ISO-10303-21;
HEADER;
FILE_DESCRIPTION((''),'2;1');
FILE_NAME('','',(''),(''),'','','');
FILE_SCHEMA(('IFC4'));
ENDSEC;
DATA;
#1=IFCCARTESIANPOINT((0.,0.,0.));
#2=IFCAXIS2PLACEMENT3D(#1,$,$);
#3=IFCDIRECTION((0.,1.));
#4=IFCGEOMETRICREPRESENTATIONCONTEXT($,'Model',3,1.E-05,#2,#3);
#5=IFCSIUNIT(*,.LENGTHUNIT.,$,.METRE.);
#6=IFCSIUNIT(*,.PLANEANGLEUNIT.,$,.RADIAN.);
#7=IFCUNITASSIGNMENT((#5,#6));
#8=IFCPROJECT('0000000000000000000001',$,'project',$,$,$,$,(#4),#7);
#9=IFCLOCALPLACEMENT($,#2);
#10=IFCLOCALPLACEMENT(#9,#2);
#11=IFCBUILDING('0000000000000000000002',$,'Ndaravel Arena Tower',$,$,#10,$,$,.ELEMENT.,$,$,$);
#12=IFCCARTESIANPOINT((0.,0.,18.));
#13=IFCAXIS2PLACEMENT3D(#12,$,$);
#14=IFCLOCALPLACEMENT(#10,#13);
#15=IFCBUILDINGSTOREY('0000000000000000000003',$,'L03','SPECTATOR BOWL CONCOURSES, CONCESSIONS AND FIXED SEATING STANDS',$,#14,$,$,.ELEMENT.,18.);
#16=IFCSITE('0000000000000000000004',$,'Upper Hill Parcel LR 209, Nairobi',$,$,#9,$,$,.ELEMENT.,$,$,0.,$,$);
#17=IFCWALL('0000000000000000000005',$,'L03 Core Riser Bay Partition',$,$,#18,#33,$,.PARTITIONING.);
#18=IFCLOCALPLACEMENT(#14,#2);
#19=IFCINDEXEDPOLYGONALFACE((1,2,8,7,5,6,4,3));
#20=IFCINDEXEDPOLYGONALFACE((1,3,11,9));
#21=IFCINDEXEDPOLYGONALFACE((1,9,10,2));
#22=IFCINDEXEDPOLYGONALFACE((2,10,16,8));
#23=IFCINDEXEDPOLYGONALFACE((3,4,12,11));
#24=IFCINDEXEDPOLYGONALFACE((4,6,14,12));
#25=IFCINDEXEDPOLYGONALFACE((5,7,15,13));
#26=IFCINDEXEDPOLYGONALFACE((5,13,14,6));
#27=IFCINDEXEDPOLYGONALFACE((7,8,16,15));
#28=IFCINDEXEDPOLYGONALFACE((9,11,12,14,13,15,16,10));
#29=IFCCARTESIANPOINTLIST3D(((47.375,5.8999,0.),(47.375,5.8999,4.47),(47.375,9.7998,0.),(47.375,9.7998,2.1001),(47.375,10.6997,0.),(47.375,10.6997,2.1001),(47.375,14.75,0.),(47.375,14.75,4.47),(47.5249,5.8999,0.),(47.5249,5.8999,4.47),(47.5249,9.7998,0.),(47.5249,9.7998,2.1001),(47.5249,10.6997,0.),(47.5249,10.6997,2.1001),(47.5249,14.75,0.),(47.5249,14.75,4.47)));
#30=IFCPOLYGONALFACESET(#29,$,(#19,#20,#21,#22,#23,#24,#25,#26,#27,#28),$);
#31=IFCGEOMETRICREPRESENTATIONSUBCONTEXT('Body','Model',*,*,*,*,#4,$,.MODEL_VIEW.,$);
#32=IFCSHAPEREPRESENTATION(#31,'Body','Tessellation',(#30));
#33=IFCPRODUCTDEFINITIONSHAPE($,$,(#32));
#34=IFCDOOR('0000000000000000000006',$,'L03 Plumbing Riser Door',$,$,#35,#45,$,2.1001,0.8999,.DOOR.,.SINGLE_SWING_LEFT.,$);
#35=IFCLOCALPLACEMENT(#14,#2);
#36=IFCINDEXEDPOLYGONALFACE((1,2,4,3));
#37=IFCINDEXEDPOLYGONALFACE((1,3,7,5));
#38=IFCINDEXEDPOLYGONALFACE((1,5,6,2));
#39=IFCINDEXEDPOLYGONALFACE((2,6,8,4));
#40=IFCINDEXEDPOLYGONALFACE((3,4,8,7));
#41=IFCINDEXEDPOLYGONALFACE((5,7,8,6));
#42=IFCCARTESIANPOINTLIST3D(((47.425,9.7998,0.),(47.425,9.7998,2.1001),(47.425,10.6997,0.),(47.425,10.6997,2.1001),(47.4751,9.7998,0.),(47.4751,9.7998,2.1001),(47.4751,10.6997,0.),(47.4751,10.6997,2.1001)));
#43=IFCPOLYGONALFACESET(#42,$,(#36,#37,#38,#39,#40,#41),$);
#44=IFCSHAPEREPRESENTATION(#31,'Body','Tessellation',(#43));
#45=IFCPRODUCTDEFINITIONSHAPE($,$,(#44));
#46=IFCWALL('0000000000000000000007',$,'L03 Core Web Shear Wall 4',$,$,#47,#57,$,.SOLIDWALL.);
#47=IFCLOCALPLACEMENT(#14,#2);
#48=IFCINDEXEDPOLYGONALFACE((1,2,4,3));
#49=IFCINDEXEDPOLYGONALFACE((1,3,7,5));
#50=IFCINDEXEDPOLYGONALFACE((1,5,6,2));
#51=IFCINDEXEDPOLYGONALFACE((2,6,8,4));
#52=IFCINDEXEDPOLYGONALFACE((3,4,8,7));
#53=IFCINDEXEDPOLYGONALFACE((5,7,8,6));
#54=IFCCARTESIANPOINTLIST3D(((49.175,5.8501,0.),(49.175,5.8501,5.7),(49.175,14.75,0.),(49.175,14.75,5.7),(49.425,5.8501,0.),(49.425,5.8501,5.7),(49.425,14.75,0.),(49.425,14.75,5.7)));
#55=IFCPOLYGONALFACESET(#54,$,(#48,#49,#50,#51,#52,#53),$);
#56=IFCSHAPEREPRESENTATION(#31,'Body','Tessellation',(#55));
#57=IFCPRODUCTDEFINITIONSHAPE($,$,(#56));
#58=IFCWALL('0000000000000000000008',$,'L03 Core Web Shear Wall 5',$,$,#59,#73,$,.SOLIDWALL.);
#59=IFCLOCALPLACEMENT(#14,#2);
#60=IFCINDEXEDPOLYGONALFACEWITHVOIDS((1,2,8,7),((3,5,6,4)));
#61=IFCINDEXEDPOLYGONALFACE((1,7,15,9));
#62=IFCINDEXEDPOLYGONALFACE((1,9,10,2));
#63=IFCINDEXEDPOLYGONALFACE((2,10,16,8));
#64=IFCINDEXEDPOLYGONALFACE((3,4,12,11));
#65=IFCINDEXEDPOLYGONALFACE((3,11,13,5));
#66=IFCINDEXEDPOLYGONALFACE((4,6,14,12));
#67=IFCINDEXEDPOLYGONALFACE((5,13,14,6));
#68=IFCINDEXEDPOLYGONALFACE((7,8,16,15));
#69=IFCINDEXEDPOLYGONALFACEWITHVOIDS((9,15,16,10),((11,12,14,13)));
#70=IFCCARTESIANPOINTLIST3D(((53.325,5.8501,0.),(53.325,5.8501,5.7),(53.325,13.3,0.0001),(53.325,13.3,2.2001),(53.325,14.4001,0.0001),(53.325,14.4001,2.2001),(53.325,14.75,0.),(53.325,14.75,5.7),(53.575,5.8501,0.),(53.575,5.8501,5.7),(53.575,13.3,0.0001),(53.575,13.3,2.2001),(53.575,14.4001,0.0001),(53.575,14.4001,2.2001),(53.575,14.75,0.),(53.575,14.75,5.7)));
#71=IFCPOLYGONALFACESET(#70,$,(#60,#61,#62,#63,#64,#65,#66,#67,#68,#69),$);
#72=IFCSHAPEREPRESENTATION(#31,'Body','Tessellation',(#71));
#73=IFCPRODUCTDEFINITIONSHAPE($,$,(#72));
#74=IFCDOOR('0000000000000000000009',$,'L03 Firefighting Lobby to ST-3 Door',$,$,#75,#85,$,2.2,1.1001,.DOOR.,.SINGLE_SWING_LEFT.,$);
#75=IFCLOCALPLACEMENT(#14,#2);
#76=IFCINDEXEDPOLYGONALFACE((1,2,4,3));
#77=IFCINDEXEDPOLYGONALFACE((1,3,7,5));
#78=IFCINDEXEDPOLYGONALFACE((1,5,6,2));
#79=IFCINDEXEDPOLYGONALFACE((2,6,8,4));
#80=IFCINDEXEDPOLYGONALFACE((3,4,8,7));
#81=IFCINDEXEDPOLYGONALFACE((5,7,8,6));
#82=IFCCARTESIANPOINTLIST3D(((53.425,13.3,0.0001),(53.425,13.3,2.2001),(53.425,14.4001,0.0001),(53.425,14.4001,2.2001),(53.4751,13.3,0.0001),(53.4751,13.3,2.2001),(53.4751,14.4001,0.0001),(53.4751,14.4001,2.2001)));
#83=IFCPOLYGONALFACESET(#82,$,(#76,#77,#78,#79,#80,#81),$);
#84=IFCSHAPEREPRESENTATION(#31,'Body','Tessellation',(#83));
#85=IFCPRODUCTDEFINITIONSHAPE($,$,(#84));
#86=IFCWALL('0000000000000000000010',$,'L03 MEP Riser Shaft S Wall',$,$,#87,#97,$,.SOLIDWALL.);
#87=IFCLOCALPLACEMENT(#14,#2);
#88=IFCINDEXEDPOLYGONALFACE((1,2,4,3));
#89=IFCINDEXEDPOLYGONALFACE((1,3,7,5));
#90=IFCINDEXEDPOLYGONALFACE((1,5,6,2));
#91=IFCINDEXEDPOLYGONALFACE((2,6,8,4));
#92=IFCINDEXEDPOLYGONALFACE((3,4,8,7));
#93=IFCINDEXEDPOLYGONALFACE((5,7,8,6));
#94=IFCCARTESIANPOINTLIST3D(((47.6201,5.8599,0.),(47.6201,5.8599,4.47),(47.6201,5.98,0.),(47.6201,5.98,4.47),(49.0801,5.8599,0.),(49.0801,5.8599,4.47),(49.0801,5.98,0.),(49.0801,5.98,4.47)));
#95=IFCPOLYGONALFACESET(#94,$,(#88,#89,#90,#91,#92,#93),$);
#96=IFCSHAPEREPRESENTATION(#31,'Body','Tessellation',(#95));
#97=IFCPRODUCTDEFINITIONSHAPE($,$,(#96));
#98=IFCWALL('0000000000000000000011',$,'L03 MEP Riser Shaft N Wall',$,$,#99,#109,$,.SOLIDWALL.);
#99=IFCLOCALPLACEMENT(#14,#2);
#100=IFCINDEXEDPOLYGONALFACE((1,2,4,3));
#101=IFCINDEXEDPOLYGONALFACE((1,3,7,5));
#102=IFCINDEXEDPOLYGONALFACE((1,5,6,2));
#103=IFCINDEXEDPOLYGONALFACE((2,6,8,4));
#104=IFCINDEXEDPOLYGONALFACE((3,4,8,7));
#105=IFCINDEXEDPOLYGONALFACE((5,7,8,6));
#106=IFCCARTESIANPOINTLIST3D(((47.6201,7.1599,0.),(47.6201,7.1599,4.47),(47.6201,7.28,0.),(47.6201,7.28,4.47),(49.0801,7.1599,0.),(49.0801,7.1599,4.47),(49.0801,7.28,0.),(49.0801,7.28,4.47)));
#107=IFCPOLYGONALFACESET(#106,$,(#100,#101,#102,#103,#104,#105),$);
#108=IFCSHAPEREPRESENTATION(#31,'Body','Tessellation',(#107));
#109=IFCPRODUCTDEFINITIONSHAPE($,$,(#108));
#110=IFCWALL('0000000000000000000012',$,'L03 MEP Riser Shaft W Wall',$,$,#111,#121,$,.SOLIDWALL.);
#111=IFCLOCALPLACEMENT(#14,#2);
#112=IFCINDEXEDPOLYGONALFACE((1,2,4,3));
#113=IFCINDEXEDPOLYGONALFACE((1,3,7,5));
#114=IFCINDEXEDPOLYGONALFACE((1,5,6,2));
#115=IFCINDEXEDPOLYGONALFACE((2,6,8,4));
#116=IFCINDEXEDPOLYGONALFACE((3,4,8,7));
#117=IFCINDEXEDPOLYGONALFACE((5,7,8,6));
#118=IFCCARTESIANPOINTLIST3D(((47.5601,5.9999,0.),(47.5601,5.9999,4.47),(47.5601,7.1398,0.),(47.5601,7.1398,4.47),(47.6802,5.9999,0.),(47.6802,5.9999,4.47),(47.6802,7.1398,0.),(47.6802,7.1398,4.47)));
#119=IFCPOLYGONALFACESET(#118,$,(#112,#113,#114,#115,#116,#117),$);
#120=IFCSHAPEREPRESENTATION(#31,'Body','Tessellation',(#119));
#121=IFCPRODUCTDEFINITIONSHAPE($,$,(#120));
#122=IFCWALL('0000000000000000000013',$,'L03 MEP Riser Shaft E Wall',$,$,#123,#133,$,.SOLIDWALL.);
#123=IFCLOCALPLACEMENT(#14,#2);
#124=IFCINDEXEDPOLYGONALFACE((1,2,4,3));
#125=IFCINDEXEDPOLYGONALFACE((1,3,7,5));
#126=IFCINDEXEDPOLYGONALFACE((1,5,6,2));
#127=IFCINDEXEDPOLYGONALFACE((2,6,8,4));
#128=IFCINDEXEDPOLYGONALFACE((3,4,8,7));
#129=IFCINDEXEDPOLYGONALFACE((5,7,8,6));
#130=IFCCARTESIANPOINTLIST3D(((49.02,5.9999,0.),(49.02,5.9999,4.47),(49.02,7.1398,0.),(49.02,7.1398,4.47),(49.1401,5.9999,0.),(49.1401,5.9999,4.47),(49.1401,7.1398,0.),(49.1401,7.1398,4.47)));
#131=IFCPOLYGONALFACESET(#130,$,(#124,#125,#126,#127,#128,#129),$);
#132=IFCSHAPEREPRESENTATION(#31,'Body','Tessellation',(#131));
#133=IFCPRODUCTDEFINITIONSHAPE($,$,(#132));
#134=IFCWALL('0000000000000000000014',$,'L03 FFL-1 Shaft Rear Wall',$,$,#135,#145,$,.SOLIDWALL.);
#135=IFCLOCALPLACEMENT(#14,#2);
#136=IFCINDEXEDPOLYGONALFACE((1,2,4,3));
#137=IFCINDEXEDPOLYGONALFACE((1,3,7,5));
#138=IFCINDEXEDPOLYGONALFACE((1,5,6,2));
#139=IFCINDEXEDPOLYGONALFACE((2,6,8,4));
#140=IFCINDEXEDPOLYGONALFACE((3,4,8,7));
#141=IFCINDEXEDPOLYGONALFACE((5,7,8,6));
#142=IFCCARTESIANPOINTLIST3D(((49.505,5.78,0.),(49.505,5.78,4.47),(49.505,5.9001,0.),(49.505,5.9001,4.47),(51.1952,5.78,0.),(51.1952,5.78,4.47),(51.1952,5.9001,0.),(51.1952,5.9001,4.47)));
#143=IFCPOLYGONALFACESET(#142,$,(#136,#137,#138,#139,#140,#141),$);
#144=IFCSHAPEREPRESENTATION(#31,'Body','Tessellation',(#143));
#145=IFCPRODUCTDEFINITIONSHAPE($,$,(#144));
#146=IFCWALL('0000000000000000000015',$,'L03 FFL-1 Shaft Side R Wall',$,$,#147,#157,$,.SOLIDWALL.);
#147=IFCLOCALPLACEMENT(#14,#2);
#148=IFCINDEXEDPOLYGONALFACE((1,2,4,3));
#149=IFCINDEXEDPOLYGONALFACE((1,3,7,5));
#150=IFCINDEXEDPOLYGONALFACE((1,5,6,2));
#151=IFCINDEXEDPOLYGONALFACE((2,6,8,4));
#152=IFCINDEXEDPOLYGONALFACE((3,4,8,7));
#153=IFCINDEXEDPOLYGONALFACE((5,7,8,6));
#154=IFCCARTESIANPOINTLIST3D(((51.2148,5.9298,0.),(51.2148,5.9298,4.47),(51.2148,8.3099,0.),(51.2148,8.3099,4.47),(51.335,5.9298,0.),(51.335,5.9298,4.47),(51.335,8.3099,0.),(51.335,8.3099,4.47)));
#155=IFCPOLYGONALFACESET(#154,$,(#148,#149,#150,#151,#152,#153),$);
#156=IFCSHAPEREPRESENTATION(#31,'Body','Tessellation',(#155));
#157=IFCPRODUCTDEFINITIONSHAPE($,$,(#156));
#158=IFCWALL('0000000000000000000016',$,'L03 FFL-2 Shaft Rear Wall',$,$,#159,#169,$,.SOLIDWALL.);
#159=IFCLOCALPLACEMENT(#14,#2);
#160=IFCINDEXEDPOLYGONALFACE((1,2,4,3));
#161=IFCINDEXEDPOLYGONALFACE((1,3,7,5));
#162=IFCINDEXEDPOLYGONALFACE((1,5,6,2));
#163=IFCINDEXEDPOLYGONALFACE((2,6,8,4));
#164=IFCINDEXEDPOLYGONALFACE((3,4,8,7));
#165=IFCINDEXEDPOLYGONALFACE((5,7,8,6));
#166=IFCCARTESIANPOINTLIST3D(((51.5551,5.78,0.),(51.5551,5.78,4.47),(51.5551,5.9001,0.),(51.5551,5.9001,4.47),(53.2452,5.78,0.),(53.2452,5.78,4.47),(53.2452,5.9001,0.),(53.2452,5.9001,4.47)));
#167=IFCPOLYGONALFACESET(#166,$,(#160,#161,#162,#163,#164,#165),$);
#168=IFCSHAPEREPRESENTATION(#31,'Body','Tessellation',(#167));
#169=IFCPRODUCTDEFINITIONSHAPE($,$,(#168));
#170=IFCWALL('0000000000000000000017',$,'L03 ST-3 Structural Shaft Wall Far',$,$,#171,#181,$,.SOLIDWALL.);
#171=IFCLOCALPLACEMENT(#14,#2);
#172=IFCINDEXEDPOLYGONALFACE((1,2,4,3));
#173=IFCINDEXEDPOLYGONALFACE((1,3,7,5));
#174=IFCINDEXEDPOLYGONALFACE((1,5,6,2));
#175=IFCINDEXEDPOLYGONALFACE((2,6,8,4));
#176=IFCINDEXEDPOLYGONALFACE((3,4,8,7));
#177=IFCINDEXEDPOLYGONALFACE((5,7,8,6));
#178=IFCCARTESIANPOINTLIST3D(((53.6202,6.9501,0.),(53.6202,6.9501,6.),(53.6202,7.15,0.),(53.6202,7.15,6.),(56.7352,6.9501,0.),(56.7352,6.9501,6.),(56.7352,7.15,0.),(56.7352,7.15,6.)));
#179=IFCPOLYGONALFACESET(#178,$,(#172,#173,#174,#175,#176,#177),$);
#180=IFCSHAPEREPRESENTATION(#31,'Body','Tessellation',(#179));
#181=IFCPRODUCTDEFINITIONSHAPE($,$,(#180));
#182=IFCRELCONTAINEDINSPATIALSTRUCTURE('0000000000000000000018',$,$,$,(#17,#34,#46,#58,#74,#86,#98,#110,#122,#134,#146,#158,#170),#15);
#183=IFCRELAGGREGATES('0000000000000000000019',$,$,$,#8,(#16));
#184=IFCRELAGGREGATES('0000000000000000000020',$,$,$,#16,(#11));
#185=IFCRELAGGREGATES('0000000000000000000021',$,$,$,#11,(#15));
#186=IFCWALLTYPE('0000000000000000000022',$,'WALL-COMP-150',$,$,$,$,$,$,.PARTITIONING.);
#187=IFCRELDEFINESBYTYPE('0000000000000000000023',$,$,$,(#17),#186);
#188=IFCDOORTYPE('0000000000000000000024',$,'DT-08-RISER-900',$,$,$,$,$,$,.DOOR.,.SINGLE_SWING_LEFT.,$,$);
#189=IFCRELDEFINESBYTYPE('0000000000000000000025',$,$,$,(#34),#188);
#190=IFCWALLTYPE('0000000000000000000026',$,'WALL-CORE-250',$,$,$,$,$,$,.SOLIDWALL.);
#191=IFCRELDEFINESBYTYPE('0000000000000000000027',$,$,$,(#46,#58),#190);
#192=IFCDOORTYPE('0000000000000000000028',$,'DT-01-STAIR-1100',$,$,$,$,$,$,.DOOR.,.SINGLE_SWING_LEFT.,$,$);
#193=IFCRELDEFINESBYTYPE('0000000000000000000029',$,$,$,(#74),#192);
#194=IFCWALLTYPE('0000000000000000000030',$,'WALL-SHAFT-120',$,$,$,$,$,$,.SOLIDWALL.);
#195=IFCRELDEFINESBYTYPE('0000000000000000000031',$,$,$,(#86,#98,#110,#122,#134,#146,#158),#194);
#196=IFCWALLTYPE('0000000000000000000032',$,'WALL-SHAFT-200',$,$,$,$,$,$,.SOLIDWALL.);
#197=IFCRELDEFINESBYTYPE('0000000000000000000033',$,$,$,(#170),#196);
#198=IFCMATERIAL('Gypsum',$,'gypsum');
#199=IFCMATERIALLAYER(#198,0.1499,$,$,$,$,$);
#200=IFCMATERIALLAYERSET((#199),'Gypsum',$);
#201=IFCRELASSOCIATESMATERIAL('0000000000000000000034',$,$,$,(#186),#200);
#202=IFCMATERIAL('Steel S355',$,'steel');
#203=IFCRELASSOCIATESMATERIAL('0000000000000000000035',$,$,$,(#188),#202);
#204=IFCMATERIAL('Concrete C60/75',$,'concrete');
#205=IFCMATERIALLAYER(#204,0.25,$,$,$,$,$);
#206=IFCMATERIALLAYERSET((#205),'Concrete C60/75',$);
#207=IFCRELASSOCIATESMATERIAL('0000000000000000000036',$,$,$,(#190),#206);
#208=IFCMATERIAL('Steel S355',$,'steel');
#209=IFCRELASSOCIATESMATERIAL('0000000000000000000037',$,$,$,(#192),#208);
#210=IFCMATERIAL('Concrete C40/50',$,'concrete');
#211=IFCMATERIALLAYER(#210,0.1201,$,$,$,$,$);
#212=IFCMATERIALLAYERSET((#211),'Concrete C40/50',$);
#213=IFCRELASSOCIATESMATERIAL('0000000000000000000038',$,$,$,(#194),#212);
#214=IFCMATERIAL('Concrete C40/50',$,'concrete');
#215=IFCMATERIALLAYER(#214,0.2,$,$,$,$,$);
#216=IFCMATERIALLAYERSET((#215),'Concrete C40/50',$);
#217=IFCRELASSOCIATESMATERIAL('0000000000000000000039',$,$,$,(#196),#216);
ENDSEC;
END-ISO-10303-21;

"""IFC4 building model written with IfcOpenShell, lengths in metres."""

from ifc_helpers import new_model, si_unit, direction, frame, frame_2d, origin, place, context, subcontext, project, spatial, rectangle, extrude, material, layer, layer_set, type_object, element, fill, save


model = new_model("IFC4")

# Units and contexts
model_context = context("Model", 3, precision=1e-05, world=origin(), true_north=direction((0.0, 1.0)))
body_context = subcontext(model_context, "Body", "Model", "MODEL_VIEW")
ifc_project = project(units=[si_unit("LENGTHUNIT", "METRE"), si_unit("PLANEANGLEUNIT", "RADIAN")], contexts=[model_context])

# Site, building, storey
site_placement = place(None, origin())
site = spatial("IfcSite", under=ifc_project, at=site_placement, Name="Upper Hill Parcel LR 209, Nairobi", CompositionType="ELEMENT", RefElevation=0.0)
building_placement = place(site_placement, origin())
building = spatial("IfcBuilding", under=site, at=building_placement, Name="Ndaravel Arena Tower", CompositionType="ELEMENT")
storey_placement = place(building_placement, frame((0.0, 0.0, 18.0)))
storey = spatial("IfcBuildingStorey", under=building, at=storey_placement, Name="L03", Description="SPECTATOR BOWL CONCOURSES, CONCESSIONS AND FIXED SEATING STANDS", CompositionType="ELEMENT", Elevation=18.0)

# Wall, opening, door
ifc_material_1 = material(Name="Gypsum", Category="gypsum")
ifc_layer_1 = layer(ifc_material_1, 0.1499)
ifc_layer_set_1 = layer_set([ifc_layer_1], Name="Gypsum")
wall_type_1 = type_object("IfcWallType", Name="WALL-COMP-150", PredefinedType="PARTITIONING", material=ifc_layer_set_1)
wall_1_placement = place(storey_placement, frame((47.45, 5.8999, 0.0), z_axis=(0.0, 0.0, 1.0), x_axis=(0.0, 1.0, 0.0)))
wall_1 = element("IfcWall", 1, at=wall_1_placement, inside=storey, type_object=wall_type_1, Name="L03 Core Riser Bay Partition", PredefinedType="PARTITIONING", context=body_context, shape_type="SweptSolid", body=[
    extrude(rectangle(XDim=8.8501, YDim=0.1499, at=frame_2d((4.425, 0.0))), origin(), (0.0, 0.0, 1.0), 4.47),
])
opening_1_placement = place(wall_1_placement, frame((3.8999, 0.0, 0.0)))
opening_1 = element("IfcOpeningElement", 2, at=opening_1_placement, cuts=wall_1, PredefinedType="OPENING", context=body_context, shape_type="SweptSolid", body=[
    extrude(rectangle(XDim=0.8999, YDim=2.1001, at=frame_2d((0.45, 1.05))), frame((0.0, 0.075, 0.0), z_axis=(0.0, -1.0, 0.0), x_axis=(1.0, 0.0, 0.0)), (0.0, 0.0, 1.0), 0.1499),
])
ifc_material_2 = material(Name="Steel S355", Category="steel")
door_type_1 = type_object("IfcDoorType", Name="DT-08-RISER-900", OperationType="SINGLE_SWING_LEFT", PredefinedType="DOOR", material=ifc_material_2)
door_1_placement = place(opening_1_placement, origin())
door_1 = element("IfcDoor", 3, at=door_1_placement, inside=storey, type_object=door_type_1, Name="L03 Plumbing Riser Door", OperationType="SINGLE_SWING_LEFT", OverallHeight=2.1001, OverallWidth=0.8999, PredefinedType="DOOR", context=body_context, shape_type="SweptSolid", body=[
    extrude(rectangle(XDim=0.8999, YDim=2.1001, at=frame_2d((0.45, 1.05))), frame((0.0, 0.0249, 0.0), z_axis=(0.0, -1.0, 0.0), x_axis=(1.0, 0.0, 0.0)), (0.0, 0.0, 1.0), 0.05),
])
fill(opening_1, door_1)

# Wall
ifc_material_3 = material(Name="Concrete C60/75", Category="concrete")
ifc_layer_2 = layer(ifc_material_3, 0.25)
ifc_layer_set_2 = layer_set([ifc_layer_2], Name="Concrete C60/75")
wall_type_2 = type_object("IfcWallType", Name="WALL-CORE-250", PredefinedType="SOLIDWALL", material=ifc_layer_set_2)
wall_2_placement = place(storey_placement, frame((49.3, 5.8501, 0.0), z_axis=(0.0, 0.0, 1.0), x_axis=(0.0, 1.0, 0.0)))
element("IfcWall", 4, at=wall_2_placement, inside=storey, type_object=wall_type_2, Name="L03 Core Web Shear Wall 4", PredefinedType="SOLIDWALL", context=body_context, shape_type="SweptSolid", body=[
    extrude(rectangle(XDim=8.8999, YDim=0.25, at=frame_2d((4.45, 0.0))), origin(), (0.0, 0.0, 1.0), 5.7),
])

# Wall, opening, door
wall_3_placement = place(storey_placement, frame((53.45, 5.8501, 0.0), z_axis=(0.0, 0.0, 1.0), x_axis=(0.0, 1.0, 0.0)))
wall_3 = element("IfcWall", 5, at=wall_3_placement, inside=storey, type_object=wall_type_2, Name="L03 Core Web Shear Wall 5", PredefinedType="SOLIDWALL", context=body_context, shape_type="SweptSolid", body=[
    extrude(rectangle(XDim=8.8999, YDim=0.25, at=frame_2d((4.45, 0.0))), origin(), (0.0, 0.0, 1.0), 5.7),
])
opening_2_placement = place(wall_3_placement, frame((7.45, 0.0, 0.0)))
opening_2 = element("IfcOpeningElement", 6, at=opening_2_placement, cuts=wall_3, PredefinedType="OPENING", context=body_context, shape_type="SweptSolid", body=[
    extrude(rectangle(XDim=1.1001, YDim=2.2, at=frame_2d((0.55, 1.1001))), frame((0.0, 0.125, 0.0), z_axis=(0.0, -1.0, 0.0), x_axis=(1.0, 0.0, 0.0)), (0.0, 0.0, 1.0), 0.25),
])
ifc_material_4 = material(Name="Steel S355", Category="steel")
door_type_2 = type_object("IfcDoorType", Name="DT-01-STAIR-1100", OperationType="SINGLE_SWING_LEFT", PredefinedType="DOOR", material=ifc_material_4)
door_2_placement = place(opening_2_placement, origin())
door_2 = element("IfcDoor", 7, at=door_2_placement, inside=storey, type_object=door_type_2, Name="L03 Firefighting Lobby to ST-3 Door", OperationType="SINGLE_SWING_LEFT", OverallHeight=2.2, OverallWidth=1.1001, PredefinedType="DOOR", context=body_context, shape_type="SweptSolid", body=[
    extrude(rectangle(XDim=1.1001, YDim=2.2, at=frame_2d((0.55, 1.1001))), frame((0.0, 0.0249, 0.0), z_axis=(0.0, -1.0, 0.0), x_axis=(1.0, 0.0, 0.0)), (0.0, 0.0, 1.0), 0.05),
])
fill(opening_2, door_2)

# Walls
ifc_material_5 = material(Name="Concrete C40/50", Category="concrete")
ifc_layer_3 = layer(ifc_material_5, 0.1201)
ifc_layer_set_3 = layer_set([ifc_layer_3], Name="Concrete C40/50")
wall_type_3 = type_object("IfcWallType", Name="WALL-SHAFT-120", PredefinedType="SOLIDWALL", material=ifc_layer_set_3)
for number, where, z_axis, x_axis, name in (
    (8, (47.6201, 5.9199, 0.0), (0.0, 0.0, 1.0), (1.0, 0.0, 0.0), "L03 MEP Riser Shaft S Wall"),
    (9, (47.6201, 7.22, 0.0), (0.0, 0.0, 1.0), (1.0, 0.0, 0.0), "L03 MEP Riser Shaft N Wall"),
):
    element("IfcWall", number, at=place(storey_placement, frame(where, z_axis=z_axis, x_axis=x_axis)), inside=storey, type_object=wall_type_3, Name=name, PredefinedType="SOLIDWALL", context=body_context, shape_type="SweptSolid", body=[
        extrude(rectangle(XDim=1.46, YDim=0.1201, at=frame_2d((0.73, 0.0))), origin(), (0.0, 0.0, 1.0), 4.47),
    ])
for number, where, z_axis, x_axis, name in (
    (10, (47.6201, 6.0, 0.0), (0.0, 0.0, 1.0), (0.0, 1.0, 0.0), "L03 MEP Riser Shaft W Wall"),
    (11, (49.0801, 6.0, 0.0), (0.0, 0.0, 1.0), (0.0, 1.0, 0.0), "L03 MEP Riser Shaft E Wall"),
):
    element("IfcWall", number, at=place(storey_placement, frame(where, z_axis=z_axis, x_axis=x_axis)), inside=storey, type_object=wall_type_3, Name=name, PredefinedType="SOLIDWALL", context=body_context, shape_type="SweptSolid", body=[
        extrude(rectangle(XDim=1.1399, YDim=0.1201, at=frame_2d((0.5698, 0.0))), origin(), (0.0, 0.0, 1.0), 4.47),
    ])
wall_4_placement = place(storey_placement, frame((49.5049, 5.8401, 0.0), z_axis=(0.0, 0.0, 1.0), x_axis=(1.0, 0.0, 0.0)))
element("IfcWall", 12, at=wall_4_placement, inside=storey, type_object=wall_type_3, Name="L03 FFL-1 Shaft Rear Wall", PredefinedType="SOLIDWALL", context=body_context, shape_type="SweptSolid", body=[
    extrude(rectangle(XDim=1.6902, YDim=0.1201, at=frame_2d((0.8452, 0.0))), origin(), (0.0, 0.0, 1.0), 4.47),
])
wall_5_placement = place(storey_placement, frame((51.2749, 5.9299, 0.0), z_axis=(0.0, 0.0, 1.0), x_axis=(0.0, 1.0, 0.0)))
element("IfcWall", 13, at=wall_5_placement, inside=storey, type_object=wall_type_3, Name="L03 FFL-1 Shaft Side R Wall", PredefinedType="SOLIDWALL", context=body_context, shape_type="SweptSolid", body=[
    extrude(rectangle(XDim=2.3801, YDim=0.1201, at=frame_2d((1.1899, 0.0))), origin(), (0.0, 0.0, 1.0), 4.47),
])
wall_6_placement = place(storey_placement, frame((51.5549, 5.8401, 0.0), z_axis=(0.0, 0.0, 1.0), x_axis=(1.0, 0.0, 0.0)))
element("IfcWall", 14, at=wall_6_placement, inside=storey, type_object=wall_type_3, Name="L03 FFL-2 Shaft Rear Wall", PredefinedType="SOLIDWALL", context=body_context, shape_type="SweptSolid", body=[
    extrude(rectangle(XDim=1.6902, YDim=0.1201, at=frame_2d((0.8452, 0.0))), origin(), (0.0, 0.0, 1.0), 4.47),
])
ifc_material_6 = material(Name="Concrete C40/50", Category="concrete")
ifc_layer_4 = layer(ifc_material_6, 0.2)
ifc_layer_set_4 = layer_set([ifc_layer_4], Name="Concrete C40/50")
wall_type_4 = type_object("IfcWallType", Name="WALL-SHAFT-200", PredefinedType="SOLIDWALL", material=ifc_layer_set_4)
wall_7_placement = place(storey_placement, frame((53.6201, 7.05, 0.0), z_axis=(0.0, 0.0, 1.0), x_axis=(1.0, 0.0, 0.0)))
element("IfcWall", 15, at=wall_7_placement, inside=storey, type_object=wall_type_4, Name="L03 ST-3 Structural Shaft Wall Far", PredefinedType="SOLIDWALL", context=body_context, shape_type="SweptSolid", body=[
    extrude(rectangle(XDim=3.115, YDim=0.2, at=frame_2d((1.5576, 0.0))), origin(), (0.0, 0.0, 1.0), 6.0),
])

save(model, "model.ifc")
